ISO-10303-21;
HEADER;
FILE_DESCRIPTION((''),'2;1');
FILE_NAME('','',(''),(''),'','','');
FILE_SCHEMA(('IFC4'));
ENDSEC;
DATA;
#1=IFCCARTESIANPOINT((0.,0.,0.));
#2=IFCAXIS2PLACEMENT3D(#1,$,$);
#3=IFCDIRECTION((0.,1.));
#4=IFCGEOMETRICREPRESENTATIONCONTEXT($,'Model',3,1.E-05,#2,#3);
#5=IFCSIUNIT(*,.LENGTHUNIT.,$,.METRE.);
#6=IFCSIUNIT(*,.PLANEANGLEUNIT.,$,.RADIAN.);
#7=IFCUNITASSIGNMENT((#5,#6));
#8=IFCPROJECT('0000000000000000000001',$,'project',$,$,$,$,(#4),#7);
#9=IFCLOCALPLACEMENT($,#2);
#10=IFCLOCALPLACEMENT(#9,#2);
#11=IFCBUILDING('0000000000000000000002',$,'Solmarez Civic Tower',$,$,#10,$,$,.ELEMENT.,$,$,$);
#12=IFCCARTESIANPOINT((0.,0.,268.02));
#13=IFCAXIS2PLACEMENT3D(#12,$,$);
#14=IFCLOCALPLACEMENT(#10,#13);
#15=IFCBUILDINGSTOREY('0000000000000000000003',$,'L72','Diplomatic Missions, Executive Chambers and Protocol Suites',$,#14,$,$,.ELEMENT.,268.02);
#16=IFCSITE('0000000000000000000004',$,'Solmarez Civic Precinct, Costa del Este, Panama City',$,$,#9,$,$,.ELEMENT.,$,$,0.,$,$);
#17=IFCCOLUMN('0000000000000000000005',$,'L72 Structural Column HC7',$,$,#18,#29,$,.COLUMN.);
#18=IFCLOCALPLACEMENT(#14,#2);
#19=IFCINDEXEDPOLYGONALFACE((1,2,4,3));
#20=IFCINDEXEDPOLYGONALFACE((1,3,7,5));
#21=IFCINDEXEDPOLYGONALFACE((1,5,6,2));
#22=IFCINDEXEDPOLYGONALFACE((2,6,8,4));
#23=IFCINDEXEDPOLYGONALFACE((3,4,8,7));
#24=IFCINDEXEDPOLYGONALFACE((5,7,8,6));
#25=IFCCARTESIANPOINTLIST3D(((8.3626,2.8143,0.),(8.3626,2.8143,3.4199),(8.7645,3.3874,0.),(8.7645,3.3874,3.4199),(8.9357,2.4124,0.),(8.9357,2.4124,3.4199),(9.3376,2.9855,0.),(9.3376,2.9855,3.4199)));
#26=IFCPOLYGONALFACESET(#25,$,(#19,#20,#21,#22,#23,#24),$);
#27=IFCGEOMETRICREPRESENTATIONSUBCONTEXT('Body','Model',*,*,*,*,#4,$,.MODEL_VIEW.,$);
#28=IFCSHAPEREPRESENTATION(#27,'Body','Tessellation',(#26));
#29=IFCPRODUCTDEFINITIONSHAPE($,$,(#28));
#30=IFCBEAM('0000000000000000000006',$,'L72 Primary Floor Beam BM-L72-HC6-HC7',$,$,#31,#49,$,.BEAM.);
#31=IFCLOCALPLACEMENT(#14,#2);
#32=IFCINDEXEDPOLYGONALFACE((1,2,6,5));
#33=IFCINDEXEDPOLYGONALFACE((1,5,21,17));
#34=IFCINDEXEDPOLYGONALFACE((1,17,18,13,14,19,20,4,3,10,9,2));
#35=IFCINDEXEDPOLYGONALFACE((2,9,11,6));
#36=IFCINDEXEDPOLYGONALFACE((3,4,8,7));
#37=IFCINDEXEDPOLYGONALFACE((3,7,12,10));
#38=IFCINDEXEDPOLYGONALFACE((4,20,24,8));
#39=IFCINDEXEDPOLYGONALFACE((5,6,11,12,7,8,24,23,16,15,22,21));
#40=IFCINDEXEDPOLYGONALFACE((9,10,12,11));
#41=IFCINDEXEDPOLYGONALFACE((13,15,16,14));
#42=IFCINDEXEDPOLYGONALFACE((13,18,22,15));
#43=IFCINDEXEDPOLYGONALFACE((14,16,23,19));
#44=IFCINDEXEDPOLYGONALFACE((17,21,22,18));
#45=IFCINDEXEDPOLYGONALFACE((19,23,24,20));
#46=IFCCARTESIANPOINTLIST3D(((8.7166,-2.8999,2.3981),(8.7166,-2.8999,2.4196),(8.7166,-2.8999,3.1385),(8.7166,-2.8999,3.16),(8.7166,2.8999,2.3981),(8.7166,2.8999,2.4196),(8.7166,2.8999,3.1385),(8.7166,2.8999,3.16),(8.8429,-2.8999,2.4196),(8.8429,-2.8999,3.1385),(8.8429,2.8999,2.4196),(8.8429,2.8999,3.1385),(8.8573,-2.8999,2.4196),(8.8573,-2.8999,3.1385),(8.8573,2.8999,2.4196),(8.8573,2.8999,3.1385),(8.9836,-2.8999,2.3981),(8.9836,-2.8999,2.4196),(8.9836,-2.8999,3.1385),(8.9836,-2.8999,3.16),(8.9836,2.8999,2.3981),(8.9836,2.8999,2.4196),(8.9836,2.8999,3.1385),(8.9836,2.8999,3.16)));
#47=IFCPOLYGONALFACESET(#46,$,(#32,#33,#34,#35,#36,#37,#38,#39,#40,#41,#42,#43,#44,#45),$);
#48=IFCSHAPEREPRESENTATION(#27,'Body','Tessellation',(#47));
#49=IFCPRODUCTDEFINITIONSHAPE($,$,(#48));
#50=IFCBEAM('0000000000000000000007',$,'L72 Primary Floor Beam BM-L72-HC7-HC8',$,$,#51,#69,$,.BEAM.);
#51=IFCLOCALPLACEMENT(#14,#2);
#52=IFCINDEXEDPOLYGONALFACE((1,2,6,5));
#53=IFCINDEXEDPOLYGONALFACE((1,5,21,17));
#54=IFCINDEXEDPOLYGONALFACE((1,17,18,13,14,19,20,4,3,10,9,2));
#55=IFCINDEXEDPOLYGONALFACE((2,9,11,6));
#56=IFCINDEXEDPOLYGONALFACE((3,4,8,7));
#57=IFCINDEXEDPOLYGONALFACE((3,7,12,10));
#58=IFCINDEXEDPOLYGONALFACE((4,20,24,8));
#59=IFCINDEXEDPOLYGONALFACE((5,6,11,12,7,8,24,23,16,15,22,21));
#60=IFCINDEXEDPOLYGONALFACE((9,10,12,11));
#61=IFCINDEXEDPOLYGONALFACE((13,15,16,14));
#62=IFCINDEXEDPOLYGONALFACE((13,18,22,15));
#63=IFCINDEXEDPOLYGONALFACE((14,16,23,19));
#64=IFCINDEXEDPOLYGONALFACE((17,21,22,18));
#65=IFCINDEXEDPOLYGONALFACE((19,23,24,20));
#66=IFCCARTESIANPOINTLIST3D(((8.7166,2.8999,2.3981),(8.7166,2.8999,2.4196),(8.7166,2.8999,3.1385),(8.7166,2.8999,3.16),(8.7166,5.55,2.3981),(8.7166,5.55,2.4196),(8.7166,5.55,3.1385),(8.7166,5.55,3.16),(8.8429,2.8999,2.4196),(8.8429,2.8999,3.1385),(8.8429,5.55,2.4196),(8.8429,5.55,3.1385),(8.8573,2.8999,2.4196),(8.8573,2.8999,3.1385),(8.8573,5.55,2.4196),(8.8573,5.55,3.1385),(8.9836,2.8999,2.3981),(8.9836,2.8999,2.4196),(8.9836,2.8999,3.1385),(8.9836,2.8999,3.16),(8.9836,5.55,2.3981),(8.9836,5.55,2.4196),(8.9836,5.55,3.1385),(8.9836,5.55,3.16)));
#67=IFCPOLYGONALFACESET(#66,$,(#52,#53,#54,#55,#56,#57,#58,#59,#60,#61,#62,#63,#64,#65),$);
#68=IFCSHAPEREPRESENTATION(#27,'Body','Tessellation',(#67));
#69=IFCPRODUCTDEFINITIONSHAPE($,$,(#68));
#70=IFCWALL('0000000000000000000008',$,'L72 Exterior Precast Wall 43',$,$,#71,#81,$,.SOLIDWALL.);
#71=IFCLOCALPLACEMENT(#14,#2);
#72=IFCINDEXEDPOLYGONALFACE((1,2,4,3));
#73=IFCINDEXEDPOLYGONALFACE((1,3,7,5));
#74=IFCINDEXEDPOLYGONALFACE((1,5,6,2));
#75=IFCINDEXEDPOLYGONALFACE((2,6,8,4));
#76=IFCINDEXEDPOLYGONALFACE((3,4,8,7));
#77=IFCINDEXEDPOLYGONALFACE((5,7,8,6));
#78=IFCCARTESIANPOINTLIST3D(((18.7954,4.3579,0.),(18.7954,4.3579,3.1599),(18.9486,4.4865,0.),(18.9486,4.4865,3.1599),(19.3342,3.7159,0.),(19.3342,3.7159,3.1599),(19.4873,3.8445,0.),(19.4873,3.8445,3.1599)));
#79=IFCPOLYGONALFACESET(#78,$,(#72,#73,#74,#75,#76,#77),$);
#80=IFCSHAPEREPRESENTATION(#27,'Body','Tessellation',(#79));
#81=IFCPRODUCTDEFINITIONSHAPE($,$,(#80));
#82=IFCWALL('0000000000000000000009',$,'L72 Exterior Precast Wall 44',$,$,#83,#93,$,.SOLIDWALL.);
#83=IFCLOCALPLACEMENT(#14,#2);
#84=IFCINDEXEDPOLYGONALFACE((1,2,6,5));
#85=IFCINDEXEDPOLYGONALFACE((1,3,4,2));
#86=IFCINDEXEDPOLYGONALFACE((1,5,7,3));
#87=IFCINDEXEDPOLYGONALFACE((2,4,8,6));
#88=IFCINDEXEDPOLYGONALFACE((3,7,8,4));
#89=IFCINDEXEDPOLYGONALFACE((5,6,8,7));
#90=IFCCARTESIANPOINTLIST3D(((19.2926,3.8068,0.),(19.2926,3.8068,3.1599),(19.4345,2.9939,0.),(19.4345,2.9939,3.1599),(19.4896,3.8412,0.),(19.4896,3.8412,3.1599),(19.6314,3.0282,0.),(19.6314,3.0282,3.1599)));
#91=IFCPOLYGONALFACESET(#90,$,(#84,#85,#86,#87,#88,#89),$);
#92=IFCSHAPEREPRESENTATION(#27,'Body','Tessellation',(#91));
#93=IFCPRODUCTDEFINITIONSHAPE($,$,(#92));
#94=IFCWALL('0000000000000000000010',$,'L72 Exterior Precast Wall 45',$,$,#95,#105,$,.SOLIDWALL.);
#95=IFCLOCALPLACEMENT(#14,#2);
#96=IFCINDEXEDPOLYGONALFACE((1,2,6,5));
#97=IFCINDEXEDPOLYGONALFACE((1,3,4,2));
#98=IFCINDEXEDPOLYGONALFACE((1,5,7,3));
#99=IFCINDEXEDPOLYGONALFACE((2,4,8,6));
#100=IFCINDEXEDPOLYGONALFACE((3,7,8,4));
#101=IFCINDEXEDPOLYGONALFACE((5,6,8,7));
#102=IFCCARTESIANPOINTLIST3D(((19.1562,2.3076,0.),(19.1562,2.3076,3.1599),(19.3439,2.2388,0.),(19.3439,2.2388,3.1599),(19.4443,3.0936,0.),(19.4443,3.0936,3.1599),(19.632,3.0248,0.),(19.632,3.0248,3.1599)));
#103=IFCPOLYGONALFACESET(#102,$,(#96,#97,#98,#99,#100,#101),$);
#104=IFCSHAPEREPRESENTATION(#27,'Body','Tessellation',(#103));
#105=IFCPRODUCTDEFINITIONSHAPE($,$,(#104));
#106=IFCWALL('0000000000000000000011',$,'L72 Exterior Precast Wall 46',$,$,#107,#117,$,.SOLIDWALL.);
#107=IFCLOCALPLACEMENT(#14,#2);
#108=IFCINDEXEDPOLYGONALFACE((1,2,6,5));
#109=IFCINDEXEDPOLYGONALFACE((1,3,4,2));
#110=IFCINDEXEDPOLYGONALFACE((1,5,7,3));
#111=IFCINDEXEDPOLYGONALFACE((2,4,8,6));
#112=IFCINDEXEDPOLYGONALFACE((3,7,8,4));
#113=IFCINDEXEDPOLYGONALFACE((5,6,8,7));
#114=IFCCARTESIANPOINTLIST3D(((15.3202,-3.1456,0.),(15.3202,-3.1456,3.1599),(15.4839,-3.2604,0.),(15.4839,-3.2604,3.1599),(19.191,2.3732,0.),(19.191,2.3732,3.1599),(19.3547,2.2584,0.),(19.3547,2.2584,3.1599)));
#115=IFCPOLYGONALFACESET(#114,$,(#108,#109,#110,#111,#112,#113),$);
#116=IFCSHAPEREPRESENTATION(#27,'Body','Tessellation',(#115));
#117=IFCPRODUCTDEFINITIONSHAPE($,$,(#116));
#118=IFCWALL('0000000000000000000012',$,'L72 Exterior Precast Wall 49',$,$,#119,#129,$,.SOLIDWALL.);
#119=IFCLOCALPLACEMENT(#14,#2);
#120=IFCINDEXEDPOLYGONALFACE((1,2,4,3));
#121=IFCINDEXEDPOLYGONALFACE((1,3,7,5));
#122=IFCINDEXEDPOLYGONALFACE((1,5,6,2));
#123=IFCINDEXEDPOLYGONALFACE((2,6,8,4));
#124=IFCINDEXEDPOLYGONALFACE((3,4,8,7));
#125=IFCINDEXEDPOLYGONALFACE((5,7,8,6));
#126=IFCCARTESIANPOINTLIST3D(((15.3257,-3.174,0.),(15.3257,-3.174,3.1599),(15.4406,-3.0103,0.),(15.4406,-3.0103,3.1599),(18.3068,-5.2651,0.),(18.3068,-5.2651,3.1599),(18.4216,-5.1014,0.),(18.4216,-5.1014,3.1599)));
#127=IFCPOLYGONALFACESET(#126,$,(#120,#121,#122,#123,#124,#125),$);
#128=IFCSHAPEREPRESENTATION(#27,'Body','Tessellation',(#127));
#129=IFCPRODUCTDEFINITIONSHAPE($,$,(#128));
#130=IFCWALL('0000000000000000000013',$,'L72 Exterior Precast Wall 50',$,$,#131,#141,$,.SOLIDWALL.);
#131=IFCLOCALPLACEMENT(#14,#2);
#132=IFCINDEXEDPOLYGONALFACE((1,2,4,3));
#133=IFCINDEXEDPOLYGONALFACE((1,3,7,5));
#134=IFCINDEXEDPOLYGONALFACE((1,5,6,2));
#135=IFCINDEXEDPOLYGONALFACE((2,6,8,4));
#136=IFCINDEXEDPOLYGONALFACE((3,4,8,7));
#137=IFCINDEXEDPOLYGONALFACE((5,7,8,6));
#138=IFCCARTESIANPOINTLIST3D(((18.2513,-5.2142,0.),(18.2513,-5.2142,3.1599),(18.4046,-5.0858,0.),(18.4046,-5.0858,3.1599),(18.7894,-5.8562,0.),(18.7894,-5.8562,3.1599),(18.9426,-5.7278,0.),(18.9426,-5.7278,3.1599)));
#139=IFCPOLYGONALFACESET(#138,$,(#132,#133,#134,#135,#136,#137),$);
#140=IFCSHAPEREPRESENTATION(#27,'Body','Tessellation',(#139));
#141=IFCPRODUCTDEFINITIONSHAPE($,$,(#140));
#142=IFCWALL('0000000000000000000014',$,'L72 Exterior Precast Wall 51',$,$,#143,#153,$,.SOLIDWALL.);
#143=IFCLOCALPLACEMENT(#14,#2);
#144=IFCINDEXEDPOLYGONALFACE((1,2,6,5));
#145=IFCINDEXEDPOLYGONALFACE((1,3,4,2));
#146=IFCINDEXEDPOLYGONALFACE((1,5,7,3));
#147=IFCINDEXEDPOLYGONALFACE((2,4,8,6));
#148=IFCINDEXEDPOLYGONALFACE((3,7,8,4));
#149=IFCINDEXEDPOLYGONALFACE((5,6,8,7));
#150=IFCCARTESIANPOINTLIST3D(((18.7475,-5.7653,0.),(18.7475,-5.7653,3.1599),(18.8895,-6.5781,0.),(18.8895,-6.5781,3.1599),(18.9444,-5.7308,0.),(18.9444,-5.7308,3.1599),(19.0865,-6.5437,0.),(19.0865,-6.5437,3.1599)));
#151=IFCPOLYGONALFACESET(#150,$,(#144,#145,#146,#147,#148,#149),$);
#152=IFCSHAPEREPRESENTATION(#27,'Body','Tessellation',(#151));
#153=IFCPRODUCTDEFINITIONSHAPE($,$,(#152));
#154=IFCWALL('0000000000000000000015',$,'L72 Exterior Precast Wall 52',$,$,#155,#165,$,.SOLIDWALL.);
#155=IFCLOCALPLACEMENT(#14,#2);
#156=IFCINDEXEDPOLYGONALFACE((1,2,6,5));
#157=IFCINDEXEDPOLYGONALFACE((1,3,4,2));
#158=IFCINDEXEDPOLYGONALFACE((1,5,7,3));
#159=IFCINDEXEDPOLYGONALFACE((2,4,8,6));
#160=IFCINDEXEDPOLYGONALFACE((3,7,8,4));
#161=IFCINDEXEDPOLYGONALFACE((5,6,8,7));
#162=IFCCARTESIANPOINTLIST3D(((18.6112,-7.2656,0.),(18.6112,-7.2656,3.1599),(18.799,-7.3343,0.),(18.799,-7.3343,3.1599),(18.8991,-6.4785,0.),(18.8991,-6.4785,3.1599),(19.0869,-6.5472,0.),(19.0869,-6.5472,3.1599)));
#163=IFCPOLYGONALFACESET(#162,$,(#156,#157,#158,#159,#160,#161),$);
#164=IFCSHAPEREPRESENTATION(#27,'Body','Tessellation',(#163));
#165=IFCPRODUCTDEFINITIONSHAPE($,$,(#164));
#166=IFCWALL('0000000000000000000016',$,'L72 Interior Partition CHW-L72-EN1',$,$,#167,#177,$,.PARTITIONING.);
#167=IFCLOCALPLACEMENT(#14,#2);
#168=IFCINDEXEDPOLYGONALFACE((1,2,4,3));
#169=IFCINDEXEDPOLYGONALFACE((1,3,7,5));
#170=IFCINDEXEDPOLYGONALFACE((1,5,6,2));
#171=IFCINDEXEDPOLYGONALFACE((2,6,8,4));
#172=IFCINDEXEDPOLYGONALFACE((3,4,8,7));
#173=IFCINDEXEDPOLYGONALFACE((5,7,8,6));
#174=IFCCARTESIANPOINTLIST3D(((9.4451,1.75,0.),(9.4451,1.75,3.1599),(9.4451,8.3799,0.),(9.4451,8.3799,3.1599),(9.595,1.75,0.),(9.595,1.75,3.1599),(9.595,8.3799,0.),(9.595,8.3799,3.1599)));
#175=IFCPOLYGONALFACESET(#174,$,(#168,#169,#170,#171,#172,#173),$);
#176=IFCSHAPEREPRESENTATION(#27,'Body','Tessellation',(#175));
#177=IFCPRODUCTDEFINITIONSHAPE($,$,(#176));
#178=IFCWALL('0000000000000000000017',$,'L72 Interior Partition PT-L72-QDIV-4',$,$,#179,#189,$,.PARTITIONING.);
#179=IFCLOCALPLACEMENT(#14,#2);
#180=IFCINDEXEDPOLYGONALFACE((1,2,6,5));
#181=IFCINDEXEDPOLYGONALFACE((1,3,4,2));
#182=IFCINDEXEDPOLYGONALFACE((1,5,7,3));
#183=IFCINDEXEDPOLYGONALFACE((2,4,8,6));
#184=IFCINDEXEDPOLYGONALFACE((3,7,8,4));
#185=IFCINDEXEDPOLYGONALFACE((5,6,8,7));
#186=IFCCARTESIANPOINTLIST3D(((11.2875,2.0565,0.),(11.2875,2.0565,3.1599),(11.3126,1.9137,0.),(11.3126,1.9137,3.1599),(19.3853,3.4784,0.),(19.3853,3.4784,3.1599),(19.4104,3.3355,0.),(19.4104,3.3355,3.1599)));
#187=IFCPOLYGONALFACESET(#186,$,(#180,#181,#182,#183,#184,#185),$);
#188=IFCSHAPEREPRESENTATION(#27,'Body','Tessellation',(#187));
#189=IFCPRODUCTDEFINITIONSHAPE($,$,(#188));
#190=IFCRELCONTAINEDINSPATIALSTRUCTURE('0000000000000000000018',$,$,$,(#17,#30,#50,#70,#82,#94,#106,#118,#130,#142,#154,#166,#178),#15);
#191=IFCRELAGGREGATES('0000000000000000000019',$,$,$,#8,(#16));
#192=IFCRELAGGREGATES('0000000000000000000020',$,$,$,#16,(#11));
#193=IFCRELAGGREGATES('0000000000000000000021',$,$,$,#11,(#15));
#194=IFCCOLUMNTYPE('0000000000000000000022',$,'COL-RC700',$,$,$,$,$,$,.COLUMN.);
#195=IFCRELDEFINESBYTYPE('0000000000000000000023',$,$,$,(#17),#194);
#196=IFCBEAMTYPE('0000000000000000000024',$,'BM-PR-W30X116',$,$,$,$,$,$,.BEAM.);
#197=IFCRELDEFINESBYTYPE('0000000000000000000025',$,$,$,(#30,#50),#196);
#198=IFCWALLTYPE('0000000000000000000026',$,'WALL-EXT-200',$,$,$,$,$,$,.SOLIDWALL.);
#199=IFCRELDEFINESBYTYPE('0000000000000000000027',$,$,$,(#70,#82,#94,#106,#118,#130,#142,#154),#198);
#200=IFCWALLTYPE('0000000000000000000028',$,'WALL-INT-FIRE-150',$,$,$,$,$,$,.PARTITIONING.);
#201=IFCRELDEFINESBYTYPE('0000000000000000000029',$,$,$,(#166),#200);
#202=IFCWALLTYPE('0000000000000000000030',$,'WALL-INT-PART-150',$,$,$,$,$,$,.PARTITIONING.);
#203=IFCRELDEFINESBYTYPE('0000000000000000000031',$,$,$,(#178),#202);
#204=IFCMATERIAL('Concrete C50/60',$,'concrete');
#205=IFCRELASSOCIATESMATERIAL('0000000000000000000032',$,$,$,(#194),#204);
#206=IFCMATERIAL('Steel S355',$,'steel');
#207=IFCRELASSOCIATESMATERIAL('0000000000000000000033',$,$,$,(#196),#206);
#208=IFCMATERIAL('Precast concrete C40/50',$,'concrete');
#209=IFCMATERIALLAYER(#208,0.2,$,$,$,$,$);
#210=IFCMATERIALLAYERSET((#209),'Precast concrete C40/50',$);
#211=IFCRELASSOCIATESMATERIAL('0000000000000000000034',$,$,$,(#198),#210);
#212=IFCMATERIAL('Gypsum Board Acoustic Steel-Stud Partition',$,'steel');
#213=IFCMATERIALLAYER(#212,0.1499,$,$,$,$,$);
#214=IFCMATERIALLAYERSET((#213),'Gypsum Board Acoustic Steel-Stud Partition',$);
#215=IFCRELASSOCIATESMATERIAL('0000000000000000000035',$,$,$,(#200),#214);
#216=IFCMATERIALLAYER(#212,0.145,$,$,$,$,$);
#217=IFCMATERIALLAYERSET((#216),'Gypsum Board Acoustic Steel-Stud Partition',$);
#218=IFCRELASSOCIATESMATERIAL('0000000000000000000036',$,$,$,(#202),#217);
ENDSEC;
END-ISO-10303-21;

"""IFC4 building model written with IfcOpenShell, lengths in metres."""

from ifc_helpers import new_model, si_unit, direction, frame, frame_2d, origin, origin_2d, place, context, subcontext, project, spatial, rectangle, i_section, extrude, material, layer, layer_set, material_profile, profile_set, type_object, element, save


model = new_model("IFC4")

# Units and contexts
model_context = context("Model", 3, precision=1e-05, world=origin(), true_north=direction((0.0, 1.0)))
body_context = subcontext(model_context, "Body", "Model", "MODEL_VIEW")
ifc_project = project(units=[si_unit("LENGTHUNIT", "METRE"), si_unit("PLANEANGLEUNIT", "RADIAN")], contexts=[model_context])

# Site, building, storey
site_placement = place(None, origin())
site = spatial("IfcSite", under=ifc_project, at=site_placement, Name="Solmarez Civic Precinct, Costa del Este, Panama City", CompositionType="ELEMENT", RefElevation=0.0)
building_placement = place(site_placement, origin())
building = spatial("IfcBuilding", under=site, at=building_placement, Name="Solmarez Civic Tower", CompositionType="ELEMENT")
storey_placement = place(building_placement, frame((0.0, 0.0, 268.02)))
storey = spatial("IfcBuildingStorey", under=building, at=storey_placement, Name="L72", Description="Diplomatic Missions, Executive Chambers and Protocol Suites", CompositionType="ELEMENT", Elevation=268.02)

# Column
ifc_material_1 = material(Name="Concrete C50/60", Category="concrete")
ifc_material_profile_1 = material_profile(ifc_material_1, rectangle(XDim=0.7, YDim=0.7, at=origin_2d()), Name="RC700X700")
ifc_profile_set_1 = profile_set([ifc_material_profile_1], Name="Concrete C50/60")
column_type = type_object("IfcColumnType", Name="COL-RC700", PredefinedType="COLUMN", material=ifc_profile_set_1)
column_placement = place(storey_placement, frame((8.8501, 2.8999, 0.0), z_axis=(0.0, 0.0, 1.0), x_axis=(0.574148, 0.818751, 0.0)))
element("IfcColumn", 1, at=column_placement, inside=storey, type_object=column_type, Name="L72 Structural Column HC7", PredefinedType="COLUMN", context=body_context, shape_type="SweptSolid", body=[
    extrude(rectangle(XDim=0.7, YDim=0.7, at=origin_2d()), origin(), (0.0, 0.0, 1.0), 3.4199),
])

# Beams
ifc_material_2 = material(Name="Steel S355", Category="steel")
ifc_material_profile_2 = material_profile(ifc_material_2, i_section(OverallWidth=0.2671, OverallDepth=0.762, WebThickness=0.0144, FlangeThickness=0.0215, at=origin_2d()), Name="W30X116")
ifc_profile_set_2 = profile_set([ifc_material_profile_2], Name="Steel S355")
beam_type = type_object("IfcBeamType", Name="BM-PR-W30X116", PredefinedType="BEAM", material=ifc_profile_set_2)
beam_1_placement = place(storey_placement, frame((8.8501, -2.8999, 2.7791), z_axis=(0.0, 1.0, 0.0), x_axis=(-1.0, 0.0, 0.0)))
element("IfcBeam", 2, at=beam_1_placement, inside=storey, type_object=beam_type, Name="L72 Primary Floor Beam BM-L72-HC6-HC7", PredefinedType="BEAM", context=body_context, shape_type="SweptSolid", body=[
    extrude(i_section(OverallWidth=0.2671, OverallDepth=0.762, WebThickness=0.0144, FlangeThickness=0.0215, at=origin_2d()), origin(), (0.0, 0.0, 1.0), 5.7998),
])
beam_2_placement = place(storey_placement, frame((8.8501, 2.8999, 2.7791), z_axis=(0.0, 1.0, 0.0), x_axis=(-1.0, 0.0, 0.0)))
element("IfcBeam", 3, at=beam_2_placement, inside=storey, type_object=beam_type, Name="L72 Primary Floor Beam BM-L72-HC7-HC8", PredefinedType="BEAM", context=body_context, shape_type="SweptSolid", body=[
    extrude(i_section(OverallWidth=0.2671, OverallDepth=0.762, WebThickness=0.0144, FlangeThickness=0.0215, at=origin_2d()), origin(), (0.0, 0.0, 1.0), 2.6501),
])

# Walls
ifc_material_3 = material(Name="Precast concrete C40/50", Category="concrete")
ifc_layer_1 = layer(ifc_material_3, 0.2)
ifc_layer_set_1 = layer_set([ifc_layer_1], Name="Precast concrete C40/50")
wall_type_1 = type_object("IfcWallType", Name="WALL-EXT-200", PredefinedType="SOLIDWALL", material=ifc_layer_set_1)
wall_1_placement = place(storey_placement, frame((18.8721, 4.4221, 0.0), z_axis=(0.0, 0.0, 1.0), x_axis=(0.642816, -0.76602, 0.0)))
element("IfcWall", 4, at=wall_1_placement, inside=storey, type_object=wall_type_1, Name="L72 Exterior Precast Wall 43", PredefinedType="SOLIDWALL", context=body_context, shape_type="SweptSolid", body=[
    extrude(rectangle(XDim=0.8381, YDim=0.2, at=frame_2d((0.4189, 0.0))), origin(), (0.0, 0.0, 1.0), 3.1599),
])
wall_2_placement = place(storey_placement, frame((19.3911, 3.824, 0.0), z_axis=(0.0, 0.0, 1.0), x_axis=(0.171878, -0.985118, 0.0)))
element("IfcWall", 5, at=wall_2_placement, inside=storey, type_object=wall_type_1, Name="L72 Exterior Precast Wall 44", PredefinedType="SOLIDWALL", context=body_context, shape_type="SweptSolid", body=[
    extrude(rectangle(XDim=0.8252, YDim=0.2, at=frame_2d((0.4126, 0.0))), origin(), (0.0, 0.0, 1.0), 3.1599),
])
wall_3_placement = place(storey_placement, frame((19.5381, 3.0591, 0.0), z_axis=(0.0, 0.0, 1.0), x_axis=(-0.344083, -0.938939, 0.0)))
element("IfcWall", 6, at=wall_3_placement, inside=storey, type_object=wall_type_1, Name="L72 Exterior Precast Wall 45", PredefinedType="SOLIDWALL", context=body_context, shape_type="SweptSolid", body=[
    extrude(rectangle(XDim=0.8372, YDim=0.2, at=frame_2d((0.4185, 0.0))), origin(), (0.0, 0.0, 1.0), 3.1599),
])
wall_4_placement = place(storey_placement, frame((19.2729, 2.3159, 0.0), z_axis=(0.0, 0.0, 1.0), x_axis=(-0.574228, -0.818696, 0.0)))
element("IfcWall", 7, at=wall_4_placement, inside=storey, type_object=wall_type_1, Name="L72 Exterior Precast Wall 46", PredefinedType="SOLIDWALL", context=body_context, shape_type="SweptSolid", body=[
    extrude(rectangle(XDim=6.741, YDim=0.2, at=frame_2d((3.3706, 0.0))), origin(), (0.0, 0.0, 1.0), 3.1599),
])
wall_5_placement = place(storey_placement, frame((15.3831, -3.092, 0.0), z_axis=(0.0, 0.0, 1.0), x_axis=(0.818665, -0.574272, 0.0)))
element("IfcWall", 8, at=wall_5_placement, inside=storey, type_object=wall_type_1, Name="L72 Exterior Precast Wall 49", PredefinedType="SOLIDWALL", context=body_context, shape_type="SweptSolid", body=[
    extrude(rectangle(XDim=3.6414, YDim=0.2, at=frame_2d((1.8208, 0.0))), origin(), (0.0, 0.0, 1.0), 3.1599),
])
wall_6_placement = place(storey_placement, frame((18.3279, -5.1499, 0.0), z_axis=(0.0, 0.0, 1.0), x_axis=(0.642303, -0.766451, 0.0)))
element("IfcWall", 9, at=wall_6_placement, inside=storey, type_object=wall_type_1, Name="L72 Exterior Precast Wall 50", PredefinedType="SOLIDWALL", context=body_context, shape_type="SweptSolid", body=[
    extrude(rectangle(XDim=0.8376, YDim=0.2, at=frame_2d((0.4189, 0.0))), origin(), (0.0, 0.0, 1.0), 3.1599),
])
wall_7_placement = place(storey_placement, frame((18.8459, -5.748, 0.0), z_axis=(0.0, 0.0, 1.0), x_axis=(0.172165, -0.985068, 0.0)))
element("IfcWall", 10, at=wall_7_placement, inside=storey, type_object=wall_type_1, Name="L72 Exterior Precast Wall 51", PredefinedType="SOLIDWALL", context=body_context, shape_type="SweptSolid", body=[
    extrude(rectangle(XDim=0.8252, YDim=0.2, at=frame_2d((0.4126, 0.0))), origin(), (0.0, 0.0, 1.0), 3.1599),
])
wall_8_placement = place(storey_placement, frame((18.9929, -6.5129, 0.0), z_axis=(0.0, 0.0, 1.0), x_axis=(-0.34345, -0.939171, 0.0)))
element("IfcWall", 11, at=wall_8_placement, inside=storey, type_object=wall_type_1, Name="L72 Exterior Precast Wall 52", PredefinedType="SOLIDWALL", context=body_context, shape_type="SweptSolid", body=[
    extrude(rectangle(XDim=0.8381, YDim=0.2, at=frame_2d((0.4189, 0.0))), origin(), (0.0, 0.0, 1.0), 3.1599),
])
ifc_material_4 = material(Name="Gypsum Board Acoustic Steel-Stud Partition", Category="steel")
ifc_layer_2 = layer(ifc_material_4, 0.1499)
ifc_layer_set_2 = layer_set([ifc_layer_2], Name="Gypsum Board Acoustic Steel-Stud Partition")
wall_type_2 = type_object("IfcWallType", Name="WALL-INT-FIRE-150", PredefinedType="PARTITIONING", material=ifc_layer_set_2)
wall_9_placement = place(storey_placement, frame((9.52, 1.75, 0.0), z_axis=(0.0, 0.0, 1.0), x_axis=(0.0, 1.0, 0.0)))
element("IfcWall", 12, at=wall_9_placement, inside=storey, type_object=wall_type_2, Name="L72 Interior Partition CHW-L72-EN1", PredefinedType="PARTITIONING", context=body_context, shape_type="SweptSolid", body=[
    extrude(rectangle(XDim=6.6299, YDim=0.1499, at=frame_2d((3.3149, 0.0))), origin(), (0.0, 0.0, 1.0), 3.1599),
])
ifc_layer_3 = layer(ifc_material_4, 0.145)
ifc_layer_set_3 = layer_set([ifc_layer_3], Name="Gypsum Board Acoustic Steel-Stud Partition")
wall_type_3 = type_object("IfcWallType", Name="WALL-INT-PART-150", PredefinedType="PARTITIONING", material=ifc_layer_set_3)
wall_10_placement = place(storey_placement, frame((11.3, 1.9851, 0.0), z_axis=(0.0, 0.0, 1.0), x_axis=(0.984932, 0.17294, 0.0)))
element("IfcWall", 13, at=wall_10_placement, inside=storey, type_object=wall_type_3, Name="L72 Interior Partition PT-L72-QDIV-4", PredefinedType="PARTITIONING", context=body_context, shape_type="SweptSolid", body=[
    extrude(rectangle(XDim=8.2217, YDim=0.145, at=frame_2d((4.1108, 0.0))), origin(), (0.0, 0.0, 1.0), 3.1599),
])

save(model, "model.ifc")
